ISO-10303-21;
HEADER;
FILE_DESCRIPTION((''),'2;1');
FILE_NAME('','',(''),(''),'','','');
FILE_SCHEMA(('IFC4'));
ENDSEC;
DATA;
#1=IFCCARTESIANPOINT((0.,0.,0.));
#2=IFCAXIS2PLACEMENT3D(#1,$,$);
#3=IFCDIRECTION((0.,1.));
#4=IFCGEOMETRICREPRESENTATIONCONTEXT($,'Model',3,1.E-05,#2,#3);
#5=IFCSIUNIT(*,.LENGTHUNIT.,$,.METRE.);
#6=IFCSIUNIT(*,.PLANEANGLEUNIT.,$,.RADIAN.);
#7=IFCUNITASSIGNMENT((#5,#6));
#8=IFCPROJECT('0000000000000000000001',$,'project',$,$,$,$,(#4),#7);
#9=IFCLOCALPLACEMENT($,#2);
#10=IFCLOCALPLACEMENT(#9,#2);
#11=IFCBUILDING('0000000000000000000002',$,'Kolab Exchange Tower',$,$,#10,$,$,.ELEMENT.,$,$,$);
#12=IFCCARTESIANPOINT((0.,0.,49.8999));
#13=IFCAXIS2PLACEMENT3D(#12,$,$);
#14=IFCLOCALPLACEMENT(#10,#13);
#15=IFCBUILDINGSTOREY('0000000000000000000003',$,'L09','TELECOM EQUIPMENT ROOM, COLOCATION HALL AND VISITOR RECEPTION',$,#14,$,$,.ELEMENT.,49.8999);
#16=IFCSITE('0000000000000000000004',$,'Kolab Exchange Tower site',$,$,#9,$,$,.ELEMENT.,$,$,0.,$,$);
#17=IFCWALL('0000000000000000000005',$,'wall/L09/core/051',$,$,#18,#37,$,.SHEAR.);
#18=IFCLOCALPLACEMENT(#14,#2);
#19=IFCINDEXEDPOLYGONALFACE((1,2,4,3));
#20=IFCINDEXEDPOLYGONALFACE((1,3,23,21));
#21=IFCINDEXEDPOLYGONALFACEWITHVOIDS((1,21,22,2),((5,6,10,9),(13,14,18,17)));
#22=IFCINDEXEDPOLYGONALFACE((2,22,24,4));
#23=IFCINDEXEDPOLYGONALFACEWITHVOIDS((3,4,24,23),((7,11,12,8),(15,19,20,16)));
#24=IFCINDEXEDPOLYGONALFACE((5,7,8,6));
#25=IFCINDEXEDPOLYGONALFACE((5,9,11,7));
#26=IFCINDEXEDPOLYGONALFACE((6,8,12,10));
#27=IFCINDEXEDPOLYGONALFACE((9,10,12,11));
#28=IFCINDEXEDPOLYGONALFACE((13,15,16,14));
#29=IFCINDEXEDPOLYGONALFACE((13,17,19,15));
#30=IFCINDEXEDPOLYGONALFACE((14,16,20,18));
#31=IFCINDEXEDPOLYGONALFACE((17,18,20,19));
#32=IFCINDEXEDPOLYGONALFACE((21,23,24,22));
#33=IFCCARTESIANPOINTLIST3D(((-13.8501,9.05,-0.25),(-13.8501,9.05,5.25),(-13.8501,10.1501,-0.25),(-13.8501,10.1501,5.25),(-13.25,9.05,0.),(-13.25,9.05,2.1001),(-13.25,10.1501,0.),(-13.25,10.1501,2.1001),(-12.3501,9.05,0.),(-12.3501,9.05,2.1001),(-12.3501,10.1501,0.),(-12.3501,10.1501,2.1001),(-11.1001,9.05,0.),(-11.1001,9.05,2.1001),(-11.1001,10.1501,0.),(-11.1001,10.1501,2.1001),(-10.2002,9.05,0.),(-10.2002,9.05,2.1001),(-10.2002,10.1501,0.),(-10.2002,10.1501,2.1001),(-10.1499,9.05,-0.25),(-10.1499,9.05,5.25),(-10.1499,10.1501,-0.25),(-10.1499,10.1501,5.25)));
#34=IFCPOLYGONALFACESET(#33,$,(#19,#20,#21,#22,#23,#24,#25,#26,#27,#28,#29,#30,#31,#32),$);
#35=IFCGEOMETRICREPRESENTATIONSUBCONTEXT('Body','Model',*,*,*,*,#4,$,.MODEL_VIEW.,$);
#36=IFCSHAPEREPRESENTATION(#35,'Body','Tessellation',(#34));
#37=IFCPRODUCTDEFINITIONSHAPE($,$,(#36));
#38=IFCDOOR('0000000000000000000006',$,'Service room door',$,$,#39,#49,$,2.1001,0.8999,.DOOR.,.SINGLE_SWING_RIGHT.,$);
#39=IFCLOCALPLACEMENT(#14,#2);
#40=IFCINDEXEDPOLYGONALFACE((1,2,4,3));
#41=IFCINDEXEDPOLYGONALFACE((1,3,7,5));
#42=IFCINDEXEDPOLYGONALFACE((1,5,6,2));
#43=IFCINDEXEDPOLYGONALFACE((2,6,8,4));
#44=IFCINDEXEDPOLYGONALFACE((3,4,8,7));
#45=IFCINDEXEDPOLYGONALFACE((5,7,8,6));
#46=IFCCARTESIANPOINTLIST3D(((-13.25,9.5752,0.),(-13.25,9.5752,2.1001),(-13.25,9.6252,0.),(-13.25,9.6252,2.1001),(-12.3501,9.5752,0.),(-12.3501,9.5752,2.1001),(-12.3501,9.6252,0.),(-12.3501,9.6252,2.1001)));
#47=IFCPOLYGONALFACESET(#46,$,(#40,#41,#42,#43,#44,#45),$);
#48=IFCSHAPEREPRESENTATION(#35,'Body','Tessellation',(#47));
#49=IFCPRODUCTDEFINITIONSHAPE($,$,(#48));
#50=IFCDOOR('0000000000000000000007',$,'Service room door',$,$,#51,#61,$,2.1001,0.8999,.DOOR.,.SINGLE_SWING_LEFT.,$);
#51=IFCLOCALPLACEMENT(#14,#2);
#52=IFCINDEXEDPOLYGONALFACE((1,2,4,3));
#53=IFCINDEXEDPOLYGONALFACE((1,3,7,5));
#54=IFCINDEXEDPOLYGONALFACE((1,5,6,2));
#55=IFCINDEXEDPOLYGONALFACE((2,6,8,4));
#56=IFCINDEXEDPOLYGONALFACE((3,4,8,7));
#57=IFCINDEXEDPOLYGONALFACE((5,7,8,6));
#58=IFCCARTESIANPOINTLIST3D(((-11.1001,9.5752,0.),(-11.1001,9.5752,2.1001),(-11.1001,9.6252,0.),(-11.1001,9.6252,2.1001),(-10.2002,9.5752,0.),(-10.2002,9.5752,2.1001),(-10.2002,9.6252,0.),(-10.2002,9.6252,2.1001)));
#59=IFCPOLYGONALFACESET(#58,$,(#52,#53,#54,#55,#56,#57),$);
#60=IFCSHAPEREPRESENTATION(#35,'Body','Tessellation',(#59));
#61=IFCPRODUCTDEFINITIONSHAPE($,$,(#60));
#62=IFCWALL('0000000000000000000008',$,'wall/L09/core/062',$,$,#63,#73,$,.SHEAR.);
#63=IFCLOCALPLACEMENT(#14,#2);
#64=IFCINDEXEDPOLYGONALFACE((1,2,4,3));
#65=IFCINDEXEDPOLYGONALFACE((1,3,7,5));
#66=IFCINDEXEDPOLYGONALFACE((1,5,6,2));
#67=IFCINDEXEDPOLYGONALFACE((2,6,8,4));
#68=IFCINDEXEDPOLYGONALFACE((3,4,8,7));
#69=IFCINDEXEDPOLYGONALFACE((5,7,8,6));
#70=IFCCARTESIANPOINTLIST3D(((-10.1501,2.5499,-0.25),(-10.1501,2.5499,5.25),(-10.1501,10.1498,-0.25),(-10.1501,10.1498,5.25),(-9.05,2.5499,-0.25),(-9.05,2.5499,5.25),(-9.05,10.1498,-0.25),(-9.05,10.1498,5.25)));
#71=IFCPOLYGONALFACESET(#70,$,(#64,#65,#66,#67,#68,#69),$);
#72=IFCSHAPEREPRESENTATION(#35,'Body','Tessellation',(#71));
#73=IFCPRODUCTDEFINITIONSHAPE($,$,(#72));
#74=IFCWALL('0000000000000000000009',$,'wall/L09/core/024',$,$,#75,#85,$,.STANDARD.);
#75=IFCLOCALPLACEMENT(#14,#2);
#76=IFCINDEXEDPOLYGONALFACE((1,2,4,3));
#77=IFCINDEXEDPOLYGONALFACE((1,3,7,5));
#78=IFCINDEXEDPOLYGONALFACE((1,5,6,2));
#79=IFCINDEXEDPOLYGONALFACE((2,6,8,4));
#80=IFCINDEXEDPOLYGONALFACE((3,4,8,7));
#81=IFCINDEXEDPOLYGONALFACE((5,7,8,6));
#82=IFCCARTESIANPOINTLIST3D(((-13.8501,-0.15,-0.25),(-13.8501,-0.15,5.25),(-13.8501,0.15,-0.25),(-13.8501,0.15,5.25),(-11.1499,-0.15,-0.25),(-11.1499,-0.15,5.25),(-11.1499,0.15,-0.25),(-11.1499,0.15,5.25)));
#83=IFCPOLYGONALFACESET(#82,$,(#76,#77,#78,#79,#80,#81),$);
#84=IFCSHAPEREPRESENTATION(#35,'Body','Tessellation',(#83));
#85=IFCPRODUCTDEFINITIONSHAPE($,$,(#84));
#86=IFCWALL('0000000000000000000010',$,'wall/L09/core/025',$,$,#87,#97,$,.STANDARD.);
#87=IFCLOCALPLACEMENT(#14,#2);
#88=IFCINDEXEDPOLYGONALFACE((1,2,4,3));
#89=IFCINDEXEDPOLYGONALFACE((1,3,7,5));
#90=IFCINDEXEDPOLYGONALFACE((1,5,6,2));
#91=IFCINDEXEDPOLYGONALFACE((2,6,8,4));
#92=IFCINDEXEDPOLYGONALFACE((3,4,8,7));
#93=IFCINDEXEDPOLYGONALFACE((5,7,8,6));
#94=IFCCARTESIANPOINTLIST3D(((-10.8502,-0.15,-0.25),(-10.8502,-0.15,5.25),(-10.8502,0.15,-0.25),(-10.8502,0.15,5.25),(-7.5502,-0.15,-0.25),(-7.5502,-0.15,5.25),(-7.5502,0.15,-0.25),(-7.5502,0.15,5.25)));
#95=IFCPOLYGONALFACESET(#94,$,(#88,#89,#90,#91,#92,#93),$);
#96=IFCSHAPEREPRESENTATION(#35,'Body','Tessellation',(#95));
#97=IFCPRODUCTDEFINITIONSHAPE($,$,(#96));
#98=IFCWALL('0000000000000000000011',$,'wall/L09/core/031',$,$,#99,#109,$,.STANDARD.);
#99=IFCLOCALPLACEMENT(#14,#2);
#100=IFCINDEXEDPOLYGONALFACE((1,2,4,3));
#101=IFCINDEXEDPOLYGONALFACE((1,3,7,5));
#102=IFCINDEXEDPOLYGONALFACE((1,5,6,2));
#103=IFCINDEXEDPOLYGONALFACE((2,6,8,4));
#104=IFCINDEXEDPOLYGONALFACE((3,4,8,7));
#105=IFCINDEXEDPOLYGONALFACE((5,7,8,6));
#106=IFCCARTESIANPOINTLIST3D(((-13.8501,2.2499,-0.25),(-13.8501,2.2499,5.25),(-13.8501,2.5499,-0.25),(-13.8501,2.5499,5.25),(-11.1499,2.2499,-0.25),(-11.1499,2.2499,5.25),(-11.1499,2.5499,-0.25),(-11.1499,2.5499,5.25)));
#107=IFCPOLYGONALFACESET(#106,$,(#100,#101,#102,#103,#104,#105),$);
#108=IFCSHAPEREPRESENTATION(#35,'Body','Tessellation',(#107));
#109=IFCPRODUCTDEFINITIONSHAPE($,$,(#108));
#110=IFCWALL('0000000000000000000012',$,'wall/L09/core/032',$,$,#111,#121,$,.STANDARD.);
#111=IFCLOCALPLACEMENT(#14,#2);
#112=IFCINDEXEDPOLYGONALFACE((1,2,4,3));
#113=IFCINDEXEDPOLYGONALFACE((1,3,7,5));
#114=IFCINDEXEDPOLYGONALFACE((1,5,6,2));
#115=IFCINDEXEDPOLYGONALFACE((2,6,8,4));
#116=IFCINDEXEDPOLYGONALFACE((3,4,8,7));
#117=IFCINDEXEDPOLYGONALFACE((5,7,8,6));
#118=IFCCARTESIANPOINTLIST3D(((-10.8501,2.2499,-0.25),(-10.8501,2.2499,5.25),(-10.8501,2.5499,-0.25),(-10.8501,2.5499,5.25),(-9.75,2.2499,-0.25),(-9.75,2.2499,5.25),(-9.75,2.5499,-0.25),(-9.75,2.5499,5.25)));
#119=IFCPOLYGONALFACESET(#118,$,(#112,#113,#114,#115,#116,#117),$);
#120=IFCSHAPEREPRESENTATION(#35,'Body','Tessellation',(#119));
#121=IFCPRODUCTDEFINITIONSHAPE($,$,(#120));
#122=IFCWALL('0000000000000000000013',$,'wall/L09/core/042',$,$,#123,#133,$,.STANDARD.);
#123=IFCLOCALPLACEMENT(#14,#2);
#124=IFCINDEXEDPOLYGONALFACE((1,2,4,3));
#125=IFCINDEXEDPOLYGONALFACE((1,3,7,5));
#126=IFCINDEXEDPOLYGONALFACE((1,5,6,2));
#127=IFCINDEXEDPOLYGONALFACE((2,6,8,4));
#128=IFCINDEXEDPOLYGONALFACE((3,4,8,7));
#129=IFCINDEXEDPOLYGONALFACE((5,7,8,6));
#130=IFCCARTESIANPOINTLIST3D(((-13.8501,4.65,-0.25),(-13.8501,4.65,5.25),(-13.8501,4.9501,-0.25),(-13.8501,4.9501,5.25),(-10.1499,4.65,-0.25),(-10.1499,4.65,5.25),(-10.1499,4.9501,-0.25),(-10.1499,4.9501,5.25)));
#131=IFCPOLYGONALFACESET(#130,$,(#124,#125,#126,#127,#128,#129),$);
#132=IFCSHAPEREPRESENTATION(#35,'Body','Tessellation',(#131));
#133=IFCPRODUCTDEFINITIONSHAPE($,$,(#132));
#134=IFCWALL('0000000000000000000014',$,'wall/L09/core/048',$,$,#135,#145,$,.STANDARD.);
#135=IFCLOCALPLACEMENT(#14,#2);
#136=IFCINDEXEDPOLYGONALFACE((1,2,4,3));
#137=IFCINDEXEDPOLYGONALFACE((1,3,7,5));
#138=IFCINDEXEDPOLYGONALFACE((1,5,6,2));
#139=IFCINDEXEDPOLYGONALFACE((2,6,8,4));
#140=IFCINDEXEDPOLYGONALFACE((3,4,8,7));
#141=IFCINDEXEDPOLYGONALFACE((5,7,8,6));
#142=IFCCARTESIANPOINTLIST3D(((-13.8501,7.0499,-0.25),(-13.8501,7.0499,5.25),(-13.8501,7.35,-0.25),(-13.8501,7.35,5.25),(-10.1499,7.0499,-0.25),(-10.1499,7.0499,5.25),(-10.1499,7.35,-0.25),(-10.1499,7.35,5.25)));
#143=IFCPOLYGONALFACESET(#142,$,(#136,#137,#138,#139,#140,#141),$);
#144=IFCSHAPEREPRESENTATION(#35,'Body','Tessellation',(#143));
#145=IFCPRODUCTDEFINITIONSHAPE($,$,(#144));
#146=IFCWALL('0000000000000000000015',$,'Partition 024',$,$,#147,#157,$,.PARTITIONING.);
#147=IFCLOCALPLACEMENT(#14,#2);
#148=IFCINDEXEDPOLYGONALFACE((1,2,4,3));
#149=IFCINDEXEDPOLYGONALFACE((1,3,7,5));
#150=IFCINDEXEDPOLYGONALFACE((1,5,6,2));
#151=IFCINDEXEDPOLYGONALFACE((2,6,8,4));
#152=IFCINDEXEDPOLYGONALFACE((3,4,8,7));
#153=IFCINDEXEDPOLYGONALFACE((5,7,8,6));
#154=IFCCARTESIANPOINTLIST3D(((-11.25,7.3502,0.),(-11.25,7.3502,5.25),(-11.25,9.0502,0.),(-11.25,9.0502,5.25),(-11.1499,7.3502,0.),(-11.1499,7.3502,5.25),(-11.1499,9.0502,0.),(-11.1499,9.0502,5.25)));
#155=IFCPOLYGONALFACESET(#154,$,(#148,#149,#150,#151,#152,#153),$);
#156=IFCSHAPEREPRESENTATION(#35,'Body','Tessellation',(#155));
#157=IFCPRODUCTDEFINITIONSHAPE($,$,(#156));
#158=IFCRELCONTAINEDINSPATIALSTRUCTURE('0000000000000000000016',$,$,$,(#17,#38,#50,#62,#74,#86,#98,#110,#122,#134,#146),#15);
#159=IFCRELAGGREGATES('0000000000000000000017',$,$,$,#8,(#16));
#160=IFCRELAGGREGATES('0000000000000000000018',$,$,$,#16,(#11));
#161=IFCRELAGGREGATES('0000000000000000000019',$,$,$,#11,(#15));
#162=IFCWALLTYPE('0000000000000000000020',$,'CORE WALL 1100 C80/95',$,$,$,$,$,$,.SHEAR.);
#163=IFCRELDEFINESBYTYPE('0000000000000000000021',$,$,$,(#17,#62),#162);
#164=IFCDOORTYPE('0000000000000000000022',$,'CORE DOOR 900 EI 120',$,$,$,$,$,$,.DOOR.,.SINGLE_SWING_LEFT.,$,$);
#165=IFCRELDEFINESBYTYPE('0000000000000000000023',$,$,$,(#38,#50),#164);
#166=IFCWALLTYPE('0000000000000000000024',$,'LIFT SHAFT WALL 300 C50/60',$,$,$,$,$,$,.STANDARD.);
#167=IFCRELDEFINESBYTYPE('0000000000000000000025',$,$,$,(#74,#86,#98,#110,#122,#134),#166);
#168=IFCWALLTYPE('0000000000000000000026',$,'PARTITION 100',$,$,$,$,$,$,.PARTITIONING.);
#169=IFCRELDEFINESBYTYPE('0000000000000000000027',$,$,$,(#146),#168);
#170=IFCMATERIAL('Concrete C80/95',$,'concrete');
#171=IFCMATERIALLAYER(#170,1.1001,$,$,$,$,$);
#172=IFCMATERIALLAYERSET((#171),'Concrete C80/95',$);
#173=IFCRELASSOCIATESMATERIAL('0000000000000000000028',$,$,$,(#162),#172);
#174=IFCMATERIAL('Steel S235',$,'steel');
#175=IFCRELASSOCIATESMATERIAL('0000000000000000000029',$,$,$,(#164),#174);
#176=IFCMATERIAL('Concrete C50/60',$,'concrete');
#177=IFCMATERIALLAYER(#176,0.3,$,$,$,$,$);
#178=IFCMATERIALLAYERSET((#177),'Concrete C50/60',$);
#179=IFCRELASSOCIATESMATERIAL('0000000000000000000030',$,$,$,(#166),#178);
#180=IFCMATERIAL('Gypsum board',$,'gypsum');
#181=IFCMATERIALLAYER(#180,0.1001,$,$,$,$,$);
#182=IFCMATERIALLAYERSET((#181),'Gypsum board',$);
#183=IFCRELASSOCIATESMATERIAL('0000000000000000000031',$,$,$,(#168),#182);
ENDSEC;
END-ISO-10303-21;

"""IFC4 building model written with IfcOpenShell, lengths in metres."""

from ifc_helpers import new_model, si_unit, direction, frame, frame_2d, origin, place, context, subcontext, project, spatial, rectangle, extrude, material, layer, layer_set, type_object, element, fill, save


model = new_model("IFC4")

# Units and contexts
model_context = context("Model", 3, precision=1e-05, world=origin(), true_north=direction((0.0, 1.0)))
body_context = subcontext(model_context, "Body", "Model", "MODEL_VIEW")
ifc_project = project(units=[si_unit("LENGTHUNIT", "METRE"), si_unit("PLANEANGLEUNIT", "RADIAN")], contexts=[model_context])

# Site, building, storey
site_placement = place(None, origin())
site = spatial("IfcSite", under=ifc_project, at=site_placement, Name="Kolab Exchange Tower site", CompositionType="ELEMENT", RefElevation=0.0)
building_placement = place(site_placement, origin())
building = spatial("IfcBuilding", under=site, at=building_placement, Name="Kolab Exchange Tower", CompositionType="ELEMENT")
storey_placement = place(building_placement, frame((0.0, 0.0, 49.8999)))
storey = spatial("IfcBuildingStorey", under=building, at=storey_placement, Name="L09", Description="TELECOM EQUIPMENT ROOM, COLOCATION HALL AND VISITOR RECEPTION", CompositionType="ELEMENT", Elevation=49.8999)

# Wall, openings, doors
ifc_material_1 = material(Name="Concrete C80/95", Category="concrete")
ifc_layer_1 = layer(ifc_material_1, 1.1001)
ifc_layer_set_1 = layer_set([ifc_layer_1], Name="Concrete C80/95")
wall_type_1 = type_object("IfcWallType", Name="CORE WALL 1100 C80/95", PredefinedType="SHEAR", material=ifc_layer_set_1)
wall_1_placement = place(storey_placement, frame((-13.8501, 9.6001, -0.25), z_axis=(0.0, 0.0, 1.0), x_axis=(1.0, 0.0, 0.0)))
wall_1 = element("IfcWall", 1, at=wall_1_placement, inside=storey, type_object=wall_type_1, Name="wall/L09/core/051", PredefinedType="SHEAR", context=body_context, shape_type="SweptSolid", body=[
    extrude(rectangle(XDim=3.7002, YDim=1.1001, at=frame_2d((1.8501, 0.0))), origin(), (0.0, 0.0, 1.0), 5.5),
])
opening_1_placement = place(wall_1_placement, frame((0.6001, 0.0, 0.25)))
opening_1 = element("IfcOpeningElement", 2, at=opening_1_placement, cuts=wall_1, PredefinedType="OPENING", context=body_context, shape_type="SweptSolid", body=[
    extrude(rectangle(XDim=0.8999, YDim=2.1001, at=frame_2d((0.45, 1.05))), frame((0.0, 0.5601, 0.0), z_axis=(0.0, -1.0, 0.0), x_axis=(1.0, 0.0, 0.0)), (0.0, 0.0, 1.0), 1.1201),
])
opening_2_placement = place(wall_1_placement, frame((2.75, 0.0, 0.25)))
opening_2 = element("IfcOpeningElement", 3, at=opening_2_placement, cuts=wall_1, PredefinedType="OPENING", context=body_context, shape_type="SweptSolid", body=[
    extrude(rectangle(XDim=0.8999, YDim=2.1001, at=frame_2d((0.45, 1.05))), frame((0.0, 0.5601, 0.0), z_axis=(0.0, -1.0, 0.0), x_axis=(1.0, 0.0, 0.0)), (0.0, 0.0, 1.0), 1.1201),
])
ifc_material_2 = material(Name="Steel S235", Category="steel")
door_type_1 = type_object("IfcDoorType", Name="CORE DOOR 900 EI 120", OperationType="SINGLE_SWING_LEFT", PredefinedType="DOOR", material=ifc_material_2)
door_1_placement = place(opening_1_placement, frame((0.8999, 0.0, 0.0), z_axis=(0.0, 0.0, 1.0), x_axis=(-1.0, 0.0, 0.0)))
door_1 = element("IfcDoor", 4, at=door_1_placement, inside=storey, type_object=door_type_1, Name="Service room door", OperationType="SINGLE_SWING_RIGHT", OverallHeight=2.1001, OverallWidth=0.8999, PredefinedType="DOOR", context=body_context, shape_type="SweptSolid", body=[
    extrude(rectangle(XDim=0.8999, YDim=2.1001, at=frame_2d((0.45, 1.05))), frame((0.0, 0.0249, 0.0), z_axis=(0.0, -1.0, 0.0), x_axis=(1.0, 0.0, 0.0)), (0.0, 0.0, 1.0), 0.05),
])
fill(opening_1, door_1)
door_2_placement = place(opening_2_placement, frame((0.8999, 0.0, 0.0), z_axis=(0.0, 0.0, 1.0), x_axis=(-1.0, 0.0, 0.0)))
door_2 = element("IfcDoor", 5, at=door_2_placement, inside=storey, type_object=door_type_1, Name="Service room door", OperationType="SINGLE_SWING_LEFT", OverallHeight=2.1001, OverallWidth=0.8999, PredefinedType="DOOR", context=body_context, shape_type="SweptSolid", body=[
    extrude(rectangle(XDim=0.8999, YDim=2.1001, at=frame_2d((0.45, 1.05))), frame((0.0, 0.0249, 0.0), z_axis=(0.0, -1.0, 0.0), x_axis=(1.0, 0.0, 0.0)), (0.0, 0.0, 1.0), 0.05),
])
fill(opening_2, door_2)

# Walls
wall_2_placement = place(storey_placement, frame((-9.6001, 2.55, -0.25), z_axis=(0.0, 0.0, 1.0), x_axis=(0.0, 1.0, 0.0)))
element("IfcWall", 6, at=wall_2_placement, inside=storey, type_object=wall_type_1, Name="wall/L09/core/062", PredefinedType="SHEAR", context=body_context, shape_type="SweptSolid", body=[
    extrude(rectangle(XDim=7.5999, YDim=1.1001, at=frame_2d((3.7998, 0.0))), origin(), (0.0, 0.0, 1.0), 5.5),
])
ifc_material_3 = material(Name="Concrete C50/60", Category="concrete")
ifc_layer_2 = layer(ifc_material_3, 0.3)
ifc_layer_set_2 = layer_set([ifc_layer_2], Name="Concrete C50/60")
wall_type_2 = type_object("IfcWallType", Name="LIFT SHAFT WALL 300 C50/60", PredefinedType="STANDARD", material=ifc_layer_set_2)
wall_3_placement = place(storey_placement, frame((-13.8501, 0.0, -0.25), z_axis=(0.0, 0.0, 1.0), x_axis=(1.0, 0.0, 0.0)))
element("IfcWall", 7, at=wall_3_placement, inside=storey, type_object=wall_type_2, Name="wall/L09/core/024", PredefinedType="STANDARD", context=body_context, shape_type="SweptSolid", body=[
    extrude(rectangle(XDim=2.7002, YDim=0.3, at=frame_2d((1.3501, 0.0))), origin(), (0.0, 0.0, 1.0), 5.5),
])
wall_4_placement = place(storey_placement, frame((-10.8501, 0.0, -0.25), z_axis=(0.0, 0.0, 1.0), x_axis=(1.0, 0.0, 0.0)))
element("IfcWall", 8, at=wall_4_placement, inside=storey, type_object=wall_type_2, Name="wall/L09/core/025", PredefinedType="STANDARD", context=body_context, shape_type="SweptSolid", body=[
    extrude(rectangle(XDim=3.3, YDim=0.3, at=frame_2d((1.6499, 0.0))), origin(), (0.0, 0.0, 1.0), 5.5),
])
wall_5_placement = place(storey_placement, frame((-13.8501, 2.3999, -0.25), z_axis=(0.0, 0.0, 1.0), x_axis=(1.0, 0.0, 0.0)))
element("IfcWall", 9, at=wall_5_placement, inside=storey, type_object=wall_type_2, Name="wall/L09/core/031", PredefinedType="STANDARD", context=body_context, shape_type="SweptSolid", body=[
    extrude(rectangle(XDim=2.7002, YDim=0.3, at=frame_2d((1.3501, 0.0))), origin(), (0.0, 0.0, 1.0), 5.5),
])
wall_6_placement = place(storey_placement, frame((-10.8501, 2.3999, -0.25), z_axis=(0.0, 0.0, 1.0), x_axis=(1.0, 0.0, 0.0)))
element("IfcWall", 10, at=wall_6_placement, inside=storey, type_object=wall_type_2, Name="wall/L09/core/032", PredefinedType="STANDARD", context=body_context, shape_type="SweptSolid", body=[
    extrude(rectangle(XDim=1.1001, YDim=0.3, at=frame_2d((0.55, 0.0))), origin(), (0.0, 0.0, 1.0), 5.5),
])
for number, where, z_axis, x_axis, name in (
    (11, (-13.8501, 4.8, -0.25), (0.0, 0.0, 1.0), (1.0, 0.0, 0.0), "wall/L09/core/042"),
    (12, (-13.8501, 7.2, -0.25), (0.0, 0.0, 1.0), (1.0, 0.0, 0.0), "wall/L09/core/048"),
):
    element("IfcWall", number, at=place(storey_placement, frame(where, z_axis=z_axis, x_axis=x_axis)), inside=storey, type_object=wall_type_2, Name=name, PredefinedType="STANDARD", context=body_context, shape_type="SweptSolid", body=[
        extrude(rectangle(XDim=3.7002, YDim=0.3, at=frame_2d((1.8501, 0.0))), origin(), (0.0, 0.0, 1.0), 5.5),
    ])
ifc_material_4 = material(Name="Gypsum board", Category="gypsum")
ifc_layer_3 = layer(ifc_material_4, 0.1001)
ifc_layer_set_3 = layer_set([ifc_layer_3], Name="Gypsum board")
wall_type_3 = type_object("IfcWallType", Name="PARTITION 100", PredefinedType="PARTITIONING", material=ifc_layer_set_3)
wall_7_placement = place(storey_placement, frame((-11.2, 7.3501, 0.0), z_axis=(0.0, 0.0, 1.0), x_axis=(0.0, 1.0, 0.0)))
element("IfcWall", 13, at=wall_7_placement, inside=storey, type_object=wall_type_3, Name="Partition 024", PredefinedType="PARTITIONING", context=body_context, shape_type="SweptSolid", body=[
    extrude(rectangle(XDim=1.7, YDim=0.1001, at=frame_2d((0.8501, 0.0))), origin(), (0.0, 0.0, 1.0), 5.25),
])

save(model, "model.ifc")
